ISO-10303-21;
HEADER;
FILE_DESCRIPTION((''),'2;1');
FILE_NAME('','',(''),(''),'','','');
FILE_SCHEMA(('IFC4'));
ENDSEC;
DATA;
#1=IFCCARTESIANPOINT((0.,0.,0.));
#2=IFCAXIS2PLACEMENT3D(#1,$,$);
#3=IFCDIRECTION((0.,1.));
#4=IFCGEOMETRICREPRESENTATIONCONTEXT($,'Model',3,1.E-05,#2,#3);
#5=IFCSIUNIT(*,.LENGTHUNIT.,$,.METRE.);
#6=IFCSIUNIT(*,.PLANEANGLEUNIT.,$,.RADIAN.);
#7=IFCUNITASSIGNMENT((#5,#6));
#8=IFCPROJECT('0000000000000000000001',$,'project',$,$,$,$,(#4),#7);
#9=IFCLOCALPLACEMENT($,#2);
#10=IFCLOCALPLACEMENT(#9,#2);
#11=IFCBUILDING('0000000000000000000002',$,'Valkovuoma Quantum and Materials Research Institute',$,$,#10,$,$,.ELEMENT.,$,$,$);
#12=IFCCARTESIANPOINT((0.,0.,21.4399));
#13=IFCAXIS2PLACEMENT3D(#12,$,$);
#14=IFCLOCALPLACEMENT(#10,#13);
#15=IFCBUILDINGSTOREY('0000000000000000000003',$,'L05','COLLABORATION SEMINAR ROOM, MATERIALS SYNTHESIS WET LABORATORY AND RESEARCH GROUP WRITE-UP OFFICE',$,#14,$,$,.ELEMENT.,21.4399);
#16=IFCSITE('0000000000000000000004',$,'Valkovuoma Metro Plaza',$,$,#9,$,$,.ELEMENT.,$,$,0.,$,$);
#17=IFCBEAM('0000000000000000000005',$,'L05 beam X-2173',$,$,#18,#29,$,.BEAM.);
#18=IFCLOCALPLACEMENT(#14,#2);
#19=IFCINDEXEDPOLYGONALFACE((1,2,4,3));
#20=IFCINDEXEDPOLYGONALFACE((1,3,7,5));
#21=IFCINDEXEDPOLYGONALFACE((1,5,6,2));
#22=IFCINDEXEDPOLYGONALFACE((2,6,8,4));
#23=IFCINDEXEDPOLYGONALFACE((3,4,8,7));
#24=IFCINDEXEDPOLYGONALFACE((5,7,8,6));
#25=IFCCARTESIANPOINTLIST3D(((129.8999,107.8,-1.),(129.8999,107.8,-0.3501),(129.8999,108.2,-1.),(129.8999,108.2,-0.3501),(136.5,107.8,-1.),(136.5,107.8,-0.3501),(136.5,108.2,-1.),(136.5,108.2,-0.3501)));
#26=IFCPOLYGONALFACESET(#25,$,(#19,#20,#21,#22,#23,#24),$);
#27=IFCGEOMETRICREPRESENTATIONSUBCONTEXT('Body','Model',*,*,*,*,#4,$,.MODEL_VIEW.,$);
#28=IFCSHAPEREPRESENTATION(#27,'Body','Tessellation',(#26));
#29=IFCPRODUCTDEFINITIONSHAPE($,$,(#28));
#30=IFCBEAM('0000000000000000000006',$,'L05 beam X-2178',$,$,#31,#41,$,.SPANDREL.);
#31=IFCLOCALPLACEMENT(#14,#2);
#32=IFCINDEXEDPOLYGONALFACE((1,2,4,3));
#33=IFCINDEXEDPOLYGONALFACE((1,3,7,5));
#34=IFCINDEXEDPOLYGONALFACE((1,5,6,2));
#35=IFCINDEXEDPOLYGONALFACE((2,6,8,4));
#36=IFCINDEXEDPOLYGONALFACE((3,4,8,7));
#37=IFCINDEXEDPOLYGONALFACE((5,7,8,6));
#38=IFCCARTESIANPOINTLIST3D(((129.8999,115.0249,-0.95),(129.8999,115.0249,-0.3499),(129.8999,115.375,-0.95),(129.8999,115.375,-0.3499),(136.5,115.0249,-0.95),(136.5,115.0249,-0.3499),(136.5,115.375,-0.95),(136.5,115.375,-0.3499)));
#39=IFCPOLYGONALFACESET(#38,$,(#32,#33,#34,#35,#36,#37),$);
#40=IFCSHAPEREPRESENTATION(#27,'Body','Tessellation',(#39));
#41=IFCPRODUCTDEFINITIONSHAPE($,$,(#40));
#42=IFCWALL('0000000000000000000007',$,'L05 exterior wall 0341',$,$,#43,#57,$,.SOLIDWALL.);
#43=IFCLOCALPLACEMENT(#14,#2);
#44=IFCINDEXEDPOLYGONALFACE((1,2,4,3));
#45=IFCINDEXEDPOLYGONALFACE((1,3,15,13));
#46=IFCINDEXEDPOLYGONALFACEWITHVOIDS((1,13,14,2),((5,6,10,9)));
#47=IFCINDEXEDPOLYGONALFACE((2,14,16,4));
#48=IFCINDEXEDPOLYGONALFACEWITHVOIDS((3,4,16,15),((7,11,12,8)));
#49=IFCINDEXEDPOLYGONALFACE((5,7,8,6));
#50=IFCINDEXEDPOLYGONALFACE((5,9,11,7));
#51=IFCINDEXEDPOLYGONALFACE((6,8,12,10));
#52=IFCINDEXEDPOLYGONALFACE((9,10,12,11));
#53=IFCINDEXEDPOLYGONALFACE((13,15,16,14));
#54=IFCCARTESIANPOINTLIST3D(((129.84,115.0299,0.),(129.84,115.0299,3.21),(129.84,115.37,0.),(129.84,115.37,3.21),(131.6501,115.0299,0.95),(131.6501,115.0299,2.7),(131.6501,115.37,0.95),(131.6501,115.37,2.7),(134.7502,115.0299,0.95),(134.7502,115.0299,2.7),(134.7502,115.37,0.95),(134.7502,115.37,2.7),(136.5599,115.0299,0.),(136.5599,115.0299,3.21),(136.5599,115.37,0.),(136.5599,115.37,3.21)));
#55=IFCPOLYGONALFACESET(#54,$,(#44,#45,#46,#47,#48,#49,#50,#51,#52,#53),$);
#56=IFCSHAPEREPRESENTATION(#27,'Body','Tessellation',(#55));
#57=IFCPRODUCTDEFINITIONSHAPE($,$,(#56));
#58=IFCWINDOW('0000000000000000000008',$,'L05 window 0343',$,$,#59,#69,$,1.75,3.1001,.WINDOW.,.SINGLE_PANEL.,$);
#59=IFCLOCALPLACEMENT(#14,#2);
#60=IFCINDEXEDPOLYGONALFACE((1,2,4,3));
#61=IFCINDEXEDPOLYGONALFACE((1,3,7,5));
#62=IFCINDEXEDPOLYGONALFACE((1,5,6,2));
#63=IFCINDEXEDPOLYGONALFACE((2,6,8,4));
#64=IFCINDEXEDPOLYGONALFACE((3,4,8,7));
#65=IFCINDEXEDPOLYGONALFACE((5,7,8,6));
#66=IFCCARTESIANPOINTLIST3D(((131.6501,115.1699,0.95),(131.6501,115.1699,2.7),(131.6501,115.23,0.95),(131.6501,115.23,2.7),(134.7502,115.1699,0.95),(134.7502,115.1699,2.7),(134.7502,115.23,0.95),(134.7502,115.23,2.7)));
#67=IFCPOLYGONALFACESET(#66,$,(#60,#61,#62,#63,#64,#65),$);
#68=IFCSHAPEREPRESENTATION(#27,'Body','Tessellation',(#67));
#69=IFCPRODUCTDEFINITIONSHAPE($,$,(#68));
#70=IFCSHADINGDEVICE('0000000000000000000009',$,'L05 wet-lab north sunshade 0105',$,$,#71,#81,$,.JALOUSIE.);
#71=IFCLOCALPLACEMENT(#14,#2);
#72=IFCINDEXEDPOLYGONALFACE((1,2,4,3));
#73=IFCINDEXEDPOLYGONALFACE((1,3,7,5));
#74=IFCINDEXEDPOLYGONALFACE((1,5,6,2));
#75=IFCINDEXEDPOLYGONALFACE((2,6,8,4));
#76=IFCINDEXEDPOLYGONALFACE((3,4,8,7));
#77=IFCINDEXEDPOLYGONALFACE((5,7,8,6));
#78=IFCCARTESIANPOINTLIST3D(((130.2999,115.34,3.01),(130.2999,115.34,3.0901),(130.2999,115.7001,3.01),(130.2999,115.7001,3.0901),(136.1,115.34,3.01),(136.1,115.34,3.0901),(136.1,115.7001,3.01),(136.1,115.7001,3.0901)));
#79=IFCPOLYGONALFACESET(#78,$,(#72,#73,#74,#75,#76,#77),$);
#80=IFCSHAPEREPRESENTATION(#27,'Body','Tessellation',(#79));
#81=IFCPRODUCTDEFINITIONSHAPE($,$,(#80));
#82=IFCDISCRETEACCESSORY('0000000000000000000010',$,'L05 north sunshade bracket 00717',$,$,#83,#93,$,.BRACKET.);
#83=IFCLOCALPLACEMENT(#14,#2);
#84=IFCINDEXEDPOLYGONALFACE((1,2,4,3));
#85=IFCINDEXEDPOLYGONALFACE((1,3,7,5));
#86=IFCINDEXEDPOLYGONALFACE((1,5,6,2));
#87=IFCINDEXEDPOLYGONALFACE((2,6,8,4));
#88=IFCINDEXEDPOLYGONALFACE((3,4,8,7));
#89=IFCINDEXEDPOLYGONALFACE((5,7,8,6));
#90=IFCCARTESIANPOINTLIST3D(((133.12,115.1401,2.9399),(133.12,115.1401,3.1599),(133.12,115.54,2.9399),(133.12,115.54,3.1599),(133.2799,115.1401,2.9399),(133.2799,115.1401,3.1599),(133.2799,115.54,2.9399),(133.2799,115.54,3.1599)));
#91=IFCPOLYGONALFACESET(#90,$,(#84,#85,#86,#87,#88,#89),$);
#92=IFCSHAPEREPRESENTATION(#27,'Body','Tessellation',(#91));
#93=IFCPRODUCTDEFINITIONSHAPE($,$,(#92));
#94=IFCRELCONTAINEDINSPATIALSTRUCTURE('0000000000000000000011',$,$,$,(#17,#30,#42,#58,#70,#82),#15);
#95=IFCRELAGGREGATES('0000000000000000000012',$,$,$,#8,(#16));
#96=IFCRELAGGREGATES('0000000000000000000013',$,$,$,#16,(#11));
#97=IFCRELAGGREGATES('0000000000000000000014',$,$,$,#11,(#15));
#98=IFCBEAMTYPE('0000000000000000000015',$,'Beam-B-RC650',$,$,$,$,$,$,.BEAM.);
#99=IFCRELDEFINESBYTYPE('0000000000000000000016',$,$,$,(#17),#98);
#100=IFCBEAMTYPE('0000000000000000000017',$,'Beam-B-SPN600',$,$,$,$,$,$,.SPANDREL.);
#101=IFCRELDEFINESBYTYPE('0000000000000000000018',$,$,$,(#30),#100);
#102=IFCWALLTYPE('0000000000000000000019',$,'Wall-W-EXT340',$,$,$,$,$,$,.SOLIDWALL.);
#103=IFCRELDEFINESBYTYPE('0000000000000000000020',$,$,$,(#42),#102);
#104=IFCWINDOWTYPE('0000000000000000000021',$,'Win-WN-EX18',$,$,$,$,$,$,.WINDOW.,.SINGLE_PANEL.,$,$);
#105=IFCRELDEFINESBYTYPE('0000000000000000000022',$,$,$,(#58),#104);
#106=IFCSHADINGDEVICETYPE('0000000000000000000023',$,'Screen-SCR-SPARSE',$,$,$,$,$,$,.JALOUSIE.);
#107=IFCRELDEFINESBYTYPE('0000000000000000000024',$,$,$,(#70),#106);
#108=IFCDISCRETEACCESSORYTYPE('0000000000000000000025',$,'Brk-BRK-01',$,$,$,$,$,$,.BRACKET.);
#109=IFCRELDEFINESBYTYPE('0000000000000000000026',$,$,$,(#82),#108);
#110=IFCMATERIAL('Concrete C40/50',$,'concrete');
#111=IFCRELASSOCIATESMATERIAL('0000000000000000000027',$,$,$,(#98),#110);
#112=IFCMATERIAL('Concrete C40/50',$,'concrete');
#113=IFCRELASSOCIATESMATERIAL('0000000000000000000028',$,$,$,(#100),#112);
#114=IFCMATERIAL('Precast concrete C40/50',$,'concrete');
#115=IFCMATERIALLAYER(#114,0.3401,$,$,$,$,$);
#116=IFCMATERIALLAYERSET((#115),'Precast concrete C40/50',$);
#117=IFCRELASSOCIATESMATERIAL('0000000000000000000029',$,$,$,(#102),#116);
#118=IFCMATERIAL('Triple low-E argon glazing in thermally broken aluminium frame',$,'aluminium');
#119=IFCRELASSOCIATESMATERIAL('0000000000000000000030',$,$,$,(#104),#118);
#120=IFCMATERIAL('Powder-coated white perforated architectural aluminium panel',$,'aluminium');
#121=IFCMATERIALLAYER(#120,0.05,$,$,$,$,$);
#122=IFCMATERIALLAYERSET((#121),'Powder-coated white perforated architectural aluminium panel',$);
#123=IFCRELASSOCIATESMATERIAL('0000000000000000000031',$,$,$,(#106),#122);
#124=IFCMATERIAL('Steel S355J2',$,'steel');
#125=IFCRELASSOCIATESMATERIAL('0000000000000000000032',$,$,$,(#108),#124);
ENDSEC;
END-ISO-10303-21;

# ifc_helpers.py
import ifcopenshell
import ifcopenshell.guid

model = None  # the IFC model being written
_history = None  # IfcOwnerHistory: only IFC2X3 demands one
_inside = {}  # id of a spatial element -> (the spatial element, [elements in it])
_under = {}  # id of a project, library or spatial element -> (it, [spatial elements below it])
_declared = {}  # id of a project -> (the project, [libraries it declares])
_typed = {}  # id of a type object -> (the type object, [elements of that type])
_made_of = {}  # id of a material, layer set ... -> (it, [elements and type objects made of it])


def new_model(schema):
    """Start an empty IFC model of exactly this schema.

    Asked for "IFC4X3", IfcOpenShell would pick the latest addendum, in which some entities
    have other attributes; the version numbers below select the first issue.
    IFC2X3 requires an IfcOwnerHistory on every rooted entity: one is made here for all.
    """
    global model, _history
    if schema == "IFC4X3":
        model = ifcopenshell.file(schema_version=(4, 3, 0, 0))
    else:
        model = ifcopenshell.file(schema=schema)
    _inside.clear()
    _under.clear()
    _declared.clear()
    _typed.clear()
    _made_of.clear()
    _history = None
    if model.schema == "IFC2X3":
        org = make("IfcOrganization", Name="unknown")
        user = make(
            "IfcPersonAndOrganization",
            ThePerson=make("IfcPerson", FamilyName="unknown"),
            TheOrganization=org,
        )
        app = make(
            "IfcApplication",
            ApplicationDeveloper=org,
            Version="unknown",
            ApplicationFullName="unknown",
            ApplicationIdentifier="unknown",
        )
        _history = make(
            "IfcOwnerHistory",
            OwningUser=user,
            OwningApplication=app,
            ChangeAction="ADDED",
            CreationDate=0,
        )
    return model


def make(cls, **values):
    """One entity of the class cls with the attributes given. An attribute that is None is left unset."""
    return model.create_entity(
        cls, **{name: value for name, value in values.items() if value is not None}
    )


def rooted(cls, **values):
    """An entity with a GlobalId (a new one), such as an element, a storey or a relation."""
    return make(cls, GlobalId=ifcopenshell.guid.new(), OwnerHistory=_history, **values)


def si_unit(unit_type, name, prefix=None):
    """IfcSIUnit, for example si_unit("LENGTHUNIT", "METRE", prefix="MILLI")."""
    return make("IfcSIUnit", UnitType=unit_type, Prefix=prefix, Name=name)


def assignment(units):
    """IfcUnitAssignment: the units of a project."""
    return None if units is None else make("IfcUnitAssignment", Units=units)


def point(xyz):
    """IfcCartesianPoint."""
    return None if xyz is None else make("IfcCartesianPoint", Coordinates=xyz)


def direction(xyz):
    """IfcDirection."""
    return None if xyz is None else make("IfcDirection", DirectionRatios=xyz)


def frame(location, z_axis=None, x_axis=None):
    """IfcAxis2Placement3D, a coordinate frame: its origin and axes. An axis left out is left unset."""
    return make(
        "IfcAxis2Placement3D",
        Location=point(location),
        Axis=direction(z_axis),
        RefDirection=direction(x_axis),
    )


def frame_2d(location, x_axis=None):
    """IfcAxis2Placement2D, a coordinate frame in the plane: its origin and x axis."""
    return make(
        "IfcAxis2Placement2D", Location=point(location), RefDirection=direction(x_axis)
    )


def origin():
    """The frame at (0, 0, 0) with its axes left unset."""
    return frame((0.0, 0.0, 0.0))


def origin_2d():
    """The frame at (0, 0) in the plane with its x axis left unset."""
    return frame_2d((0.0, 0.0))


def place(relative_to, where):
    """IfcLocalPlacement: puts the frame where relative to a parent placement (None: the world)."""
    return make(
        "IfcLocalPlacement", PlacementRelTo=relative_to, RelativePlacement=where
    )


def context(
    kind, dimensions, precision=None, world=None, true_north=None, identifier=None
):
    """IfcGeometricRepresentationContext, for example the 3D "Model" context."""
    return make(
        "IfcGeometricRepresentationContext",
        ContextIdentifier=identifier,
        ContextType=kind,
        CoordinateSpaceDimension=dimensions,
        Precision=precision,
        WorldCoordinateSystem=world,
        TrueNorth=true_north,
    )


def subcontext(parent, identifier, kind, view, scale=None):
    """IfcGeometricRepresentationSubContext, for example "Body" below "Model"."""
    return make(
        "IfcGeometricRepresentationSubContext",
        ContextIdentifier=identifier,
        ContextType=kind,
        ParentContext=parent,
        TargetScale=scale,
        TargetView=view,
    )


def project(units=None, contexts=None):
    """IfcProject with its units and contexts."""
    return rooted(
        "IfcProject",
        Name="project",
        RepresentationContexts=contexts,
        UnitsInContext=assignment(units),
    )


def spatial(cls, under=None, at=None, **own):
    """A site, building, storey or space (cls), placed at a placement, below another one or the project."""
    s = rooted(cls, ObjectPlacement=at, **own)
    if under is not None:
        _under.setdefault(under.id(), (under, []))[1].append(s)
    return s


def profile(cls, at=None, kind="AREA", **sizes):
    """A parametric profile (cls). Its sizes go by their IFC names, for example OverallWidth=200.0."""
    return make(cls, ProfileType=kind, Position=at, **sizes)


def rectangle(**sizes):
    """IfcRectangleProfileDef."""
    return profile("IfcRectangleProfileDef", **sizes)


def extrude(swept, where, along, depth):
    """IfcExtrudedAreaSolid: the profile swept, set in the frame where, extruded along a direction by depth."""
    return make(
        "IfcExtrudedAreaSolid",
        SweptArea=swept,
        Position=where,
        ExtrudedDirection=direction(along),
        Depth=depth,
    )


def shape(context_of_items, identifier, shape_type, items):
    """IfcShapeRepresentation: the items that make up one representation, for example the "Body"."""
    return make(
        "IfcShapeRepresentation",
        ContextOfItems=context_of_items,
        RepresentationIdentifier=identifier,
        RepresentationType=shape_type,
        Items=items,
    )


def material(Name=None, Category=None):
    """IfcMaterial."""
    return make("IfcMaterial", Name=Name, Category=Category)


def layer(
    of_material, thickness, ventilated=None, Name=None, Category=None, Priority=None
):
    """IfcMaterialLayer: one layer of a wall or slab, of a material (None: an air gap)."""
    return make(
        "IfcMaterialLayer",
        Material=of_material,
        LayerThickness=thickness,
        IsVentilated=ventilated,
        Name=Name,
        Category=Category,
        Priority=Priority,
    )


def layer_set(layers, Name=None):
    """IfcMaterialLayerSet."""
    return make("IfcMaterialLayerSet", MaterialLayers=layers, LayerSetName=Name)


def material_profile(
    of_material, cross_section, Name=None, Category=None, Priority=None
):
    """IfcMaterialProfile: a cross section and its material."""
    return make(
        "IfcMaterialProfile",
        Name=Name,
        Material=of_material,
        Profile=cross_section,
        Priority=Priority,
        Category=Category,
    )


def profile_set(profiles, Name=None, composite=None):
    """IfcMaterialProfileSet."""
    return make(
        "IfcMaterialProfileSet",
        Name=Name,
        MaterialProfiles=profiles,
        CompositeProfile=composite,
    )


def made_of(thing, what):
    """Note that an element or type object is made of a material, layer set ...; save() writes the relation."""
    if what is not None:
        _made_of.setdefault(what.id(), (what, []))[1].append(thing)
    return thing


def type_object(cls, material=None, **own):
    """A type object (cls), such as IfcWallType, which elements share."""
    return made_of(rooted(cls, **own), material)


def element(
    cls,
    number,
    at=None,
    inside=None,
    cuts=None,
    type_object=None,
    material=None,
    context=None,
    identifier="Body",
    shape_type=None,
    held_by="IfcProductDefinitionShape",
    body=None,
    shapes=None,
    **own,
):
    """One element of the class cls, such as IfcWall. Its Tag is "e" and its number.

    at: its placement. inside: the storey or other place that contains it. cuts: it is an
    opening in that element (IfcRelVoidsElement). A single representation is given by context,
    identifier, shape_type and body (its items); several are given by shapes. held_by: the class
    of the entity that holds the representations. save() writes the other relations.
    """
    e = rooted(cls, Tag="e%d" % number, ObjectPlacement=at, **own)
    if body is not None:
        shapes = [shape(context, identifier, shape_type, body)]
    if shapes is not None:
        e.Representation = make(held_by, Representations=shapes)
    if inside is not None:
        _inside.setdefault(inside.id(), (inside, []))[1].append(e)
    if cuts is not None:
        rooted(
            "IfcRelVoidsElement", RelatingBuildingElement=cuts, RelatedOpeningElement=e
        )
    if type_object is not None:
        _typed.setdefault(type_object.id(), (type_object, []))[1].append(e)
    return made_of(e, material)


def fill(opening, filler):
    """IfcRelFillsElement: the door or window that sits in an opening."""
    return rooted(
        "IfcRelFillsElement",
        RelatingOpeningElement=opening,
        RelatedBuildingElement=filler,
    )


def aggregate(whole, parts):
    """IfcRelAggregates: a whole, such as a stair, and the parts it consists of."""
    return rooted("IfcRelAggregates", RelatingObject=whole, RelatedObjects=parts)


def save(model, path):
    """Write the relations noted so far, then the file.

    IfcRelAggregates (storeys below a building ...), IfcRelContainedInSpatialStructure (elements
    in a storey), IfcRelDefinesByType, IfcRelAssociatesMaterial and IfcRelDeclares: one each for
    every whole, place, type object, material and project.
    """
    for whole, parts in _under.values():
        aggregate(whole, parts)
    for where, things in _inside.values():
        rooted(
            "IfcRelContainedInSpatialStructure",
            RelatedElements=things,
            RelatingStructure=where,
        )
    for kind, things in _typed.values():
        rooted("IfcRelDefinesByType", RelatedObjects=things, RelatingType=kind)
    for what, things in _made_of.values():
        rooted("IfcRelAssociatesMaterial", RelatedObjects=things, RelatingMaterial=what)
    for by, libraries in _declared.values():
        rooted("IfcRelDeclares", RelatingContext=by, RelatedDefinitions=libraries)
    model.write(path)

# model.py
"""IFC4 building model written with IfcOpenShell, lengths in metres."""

from ifc_helpers import new_model, si_unit, direction, frame, frame_2d, origin, origin_2d, place, context, subcontext, project, spatial, rectangle, extrude, material, layer, layer_set, material_profile, profile_set, type_object, element, fill, save


model = new_model("IFC4")

# Units and contexts
model_context = context("Model", 3, precision=1e-05, world=origin(), true_north=direction((0.0, 1.0)))
body_context = subcontext(model_context, "Body", "Model", "MODEL_VIEW")
ifc_project = project(units=[si_unit("LENGTHUNIT", "METRE"), si_unit("PLANEANGLEUNIT", "RADIAN")], contexts=[model_context])

# Site, building, storey
site_placement = place(None, origin())
site = spatial("IfcSite", under=ifc_project, at=site_placement, Name="Valkovuoma Metro Plaza", CompositionType="ELEMENT", RefElevation=0.0)
building_placement = place(site_placement, origin())
building = spatial("IfcBuilding", under=site, at=building_placement, Name="Valkovuoma Quantum and Materials Research Institute", CompositionType="ELEMENT")
storey_placement = place(building_placement, frame((0.0, 0.0, 21.4399)))
storey = spatial("IfcBuildingStorey", under=building, at=storey_placement, Name="L05", Description="COLLABORATION SEMINAR ROOM, MATERIALS SYNTHESIS WET LABORATORY AND RESEARCH GROUP WRITE-UP OFFICE", CompositionType="ELEMENT", Elevation=21.4399)

# Beams
ifc_material_1 = material(Name="Concrete C40/50", Category="concrete")
ifc_material_profile_1 = material_profile(ifc_material_1, rectangle(XDim=0.3999, YDim=0.6499, at=origin_2d()), Name="Concrete C40/50")
ifc_profile_set_1 = profile_set([ifc_material_profile_1], Name="Concrete C40/50")
beam_type_1 = type_object("IfcBeamType", Name="Beam-B-RC650", PredefinedType="BEAM", material=ifc_profile_set_1)
for number, where, z_axis, x_axis, name in (
    (1, (129.8999, 108.0, -0.675), (1.0, 0.0, 0.0), (0.0, 1.0, 0.0), "L05 beam X-2173"),
):
    element("IfcBeam", number, at=place(storey_placement, frame(where, z_axis=z_axis, x_axis=x_axis)), inside=storey, type_object=beam_type_1, Name=name, PredefinedType="BEAM", context=body_context, shape_type="SweptSolid", body=[
        extrude(rectangle(XDim=0.3999, YDim=0.6499, at=origin_2d()), origin(), (0.0, 0.0, 1.0), 6.6001),
    ])
ifc_material_2 = material(Name="Concrete C40/50", Category="concrete")
ifc_material_profile_2 = material_profile(ifc_material_2, rectangle(XDim=0.3501, YDim=0.6001, at=origin_2d()), Name="Concrete C40/50")
ifc_profile_set_2 = profile_set([ifc_material_profile_2], Name="Concrete C40/50")
beam_type_2 = type_object("IfcBeamType", Name="Beam-B-SPN600", PredefinedType="SPANDREL", material=ifc_profile_set_2)
beam_1_placement = place(storey_placement, frame((129.8999, 115.2, -0.6499), z_axis=(1.0, 0.0, 0.0), x_axis=(0.0, 1.0, 0.0)))
element("IfcBeam", 2, at=beam_1_placement, inside=storey, type_object=beam_type_2, Name="L05 beam X-2178", PredefinedType="SPANDREL", context=body_context, shape_type="SweptSolid", body=[
    extrude(rectangle(XDim=0.3501, YDim=0.6001, at=origin_2d()), origin(), (0.0, 0.0, 1.0), 6.6001),
])

# Wall, opening, window
ifc_material_3 = material(Name="Precast concrete C40/50", Category="concrete")
ifc_layer_1 = layer(ifc_material_3, 0.3401)
ifc_layer_set_1 = layer_set([ifc_layer_1], Name="Precast concrete C40/50")
wall_type = type_object("IfcWallType", Name="Wall-W-EXT340", PredefinedType="SOLIDWALL", material=ifc_layer_set_1)
wall_placement = place(storey_placement, frame((129.8401, 115.2, 0.0), z_axis=(0.0, 0.0, 1.0), x_axis=(1.0, 0.0, 0.0)))
wall = element("IfcWall", 3, at=wall_placement, inside=storey, type_object=wall_type, Name="L05 exterior wall 0341", PredefinedType="SOLIDWALL", context=body_context, shape_type="SweptSolid", body=[
    extrude(rectangle(XDim=6.72, YDim=0.3401, at=frame_2d((3.3599, 0.0))), origin(), (0.0, 0.0, 1.0), 3.21),
])
opening_placement = place(wall_placement, frame((1.8101, 0.0, 0.95)))
opening = element("IfcOpeningElement", 4, at=opening_placement, cuts=wall, PredefinedType="OPENING", context=body_context, shape_type="SweptSolid", body=[
    extrude(rectangle(XDim=3.1001, YDim=1.75, at=frame_2d((1.55, 0.875))), frame((0.0, 0.1802, 0.0), z_axis=(0.0, -1.0, 0.0), x_axis=(1.0, 0.0, 0.0)), (0.0, 0.0, 1.0), 0.3601),
])
ifc_material_4 = material(Name="Triple low-E argon glazing in thermally broken aluminium frame", Category="aluminium")
window_type = type_object("IfcWindowType", Name="Win-WN-EX18", PartitioningType="SINGLE_PANEL", PredefinedType="WINDOW", material=ifc_material_4)
window_placement = place(opening_placement, origin())
window = element("IfcWindow", 5, at=window_placement, inside=storey, type_object=window_type, Name="L05 window 0343", OverallHeight=1.75, OverallWidth=3.1001, PartitioningType="SINGLE_PANEL", PredefinedType="WINDOW", context=body_context, shape_type="SweptSolid", body=[
    extrude(rectangle(XDim=3.1001, YDim=1.75, at=frame_2d((1.55, 0.875))), frame((0.0, 0.03, 0.0), z_axis=(0.0, -1.0, 0.0), x_axis=(1.0, 0.0, 0.0)), (0.0, 0.0, 1.0), 0.0601),
])
fill(opening, window)

# Shading device
ifc_material_5 = material(Name="Powder-coated white perforated architectural aluminium panel", Category="aluminium")
ifc_layer_2 = layer(ifc_material_5, 0.05)
ifc_layer_set_2 = layer_set([ifc_layer_2], Name="Powder-coated white perforated architectural aluminium panel")
shading_device_type = type_object("IfcShadingDeviceType", Name="Screen-SCR-SPARSE", PredefinedType="JALOUSIE", material=ifc_layer_set_2)
shading_device_placement = place(storey_placement, frame((133.2, 115.52, 3.01), z_axis=(0.0, 0.0, 1.0), x_axis=(1.0, 0.0, 0.0)))
element("IfcShadingDevice", 6, at=shading_device_placement, inside=storey, type_object=shading_device_type, Name="L05 wet-lab north sunshade 0105", PredefinedType="JALOUSIE", context=body_context, shape_type="SweptSolid", body=[
    extrude(rectangle(XDim=5.8, YDim=0.3601, at=origin_2d()), origin(), (0.0, 0.0, 1.0), 0.0801),
])

# Discrete accessory
ifc_material_6 = material(Name="Steel S355J2", Category="steel")
discrete_accessory_type = type_object("IfcDiscreteAccessoryType", Name="Brk-BRK-01", PredefinedType="BRACKET", material=ifc_material_6)
discrete_accessory_placement = place(storey_placement, frame((133.2, 115.3401, 2.9399), z_axis=(0.0, 0.0, 1.0), x_axis=(1.0, 0.0, 0.0)))
element("IfcDiscreteAccessory", 7, at=discrete_accessory_placement, inside=storey, type_object=discrete_accessory_type, Name="L05 north sunshade bracket 00717", PredefinedType="BRACKET", context=body_context, shape_type="SweptSolid", body=[
    extrude(rectangle(XDim=0.1599, YDim=0.3999, at=origin_2d()), origin(), (0.0, 0.0, 1.0), 0.22),
])

save(model, "model.ifc")
